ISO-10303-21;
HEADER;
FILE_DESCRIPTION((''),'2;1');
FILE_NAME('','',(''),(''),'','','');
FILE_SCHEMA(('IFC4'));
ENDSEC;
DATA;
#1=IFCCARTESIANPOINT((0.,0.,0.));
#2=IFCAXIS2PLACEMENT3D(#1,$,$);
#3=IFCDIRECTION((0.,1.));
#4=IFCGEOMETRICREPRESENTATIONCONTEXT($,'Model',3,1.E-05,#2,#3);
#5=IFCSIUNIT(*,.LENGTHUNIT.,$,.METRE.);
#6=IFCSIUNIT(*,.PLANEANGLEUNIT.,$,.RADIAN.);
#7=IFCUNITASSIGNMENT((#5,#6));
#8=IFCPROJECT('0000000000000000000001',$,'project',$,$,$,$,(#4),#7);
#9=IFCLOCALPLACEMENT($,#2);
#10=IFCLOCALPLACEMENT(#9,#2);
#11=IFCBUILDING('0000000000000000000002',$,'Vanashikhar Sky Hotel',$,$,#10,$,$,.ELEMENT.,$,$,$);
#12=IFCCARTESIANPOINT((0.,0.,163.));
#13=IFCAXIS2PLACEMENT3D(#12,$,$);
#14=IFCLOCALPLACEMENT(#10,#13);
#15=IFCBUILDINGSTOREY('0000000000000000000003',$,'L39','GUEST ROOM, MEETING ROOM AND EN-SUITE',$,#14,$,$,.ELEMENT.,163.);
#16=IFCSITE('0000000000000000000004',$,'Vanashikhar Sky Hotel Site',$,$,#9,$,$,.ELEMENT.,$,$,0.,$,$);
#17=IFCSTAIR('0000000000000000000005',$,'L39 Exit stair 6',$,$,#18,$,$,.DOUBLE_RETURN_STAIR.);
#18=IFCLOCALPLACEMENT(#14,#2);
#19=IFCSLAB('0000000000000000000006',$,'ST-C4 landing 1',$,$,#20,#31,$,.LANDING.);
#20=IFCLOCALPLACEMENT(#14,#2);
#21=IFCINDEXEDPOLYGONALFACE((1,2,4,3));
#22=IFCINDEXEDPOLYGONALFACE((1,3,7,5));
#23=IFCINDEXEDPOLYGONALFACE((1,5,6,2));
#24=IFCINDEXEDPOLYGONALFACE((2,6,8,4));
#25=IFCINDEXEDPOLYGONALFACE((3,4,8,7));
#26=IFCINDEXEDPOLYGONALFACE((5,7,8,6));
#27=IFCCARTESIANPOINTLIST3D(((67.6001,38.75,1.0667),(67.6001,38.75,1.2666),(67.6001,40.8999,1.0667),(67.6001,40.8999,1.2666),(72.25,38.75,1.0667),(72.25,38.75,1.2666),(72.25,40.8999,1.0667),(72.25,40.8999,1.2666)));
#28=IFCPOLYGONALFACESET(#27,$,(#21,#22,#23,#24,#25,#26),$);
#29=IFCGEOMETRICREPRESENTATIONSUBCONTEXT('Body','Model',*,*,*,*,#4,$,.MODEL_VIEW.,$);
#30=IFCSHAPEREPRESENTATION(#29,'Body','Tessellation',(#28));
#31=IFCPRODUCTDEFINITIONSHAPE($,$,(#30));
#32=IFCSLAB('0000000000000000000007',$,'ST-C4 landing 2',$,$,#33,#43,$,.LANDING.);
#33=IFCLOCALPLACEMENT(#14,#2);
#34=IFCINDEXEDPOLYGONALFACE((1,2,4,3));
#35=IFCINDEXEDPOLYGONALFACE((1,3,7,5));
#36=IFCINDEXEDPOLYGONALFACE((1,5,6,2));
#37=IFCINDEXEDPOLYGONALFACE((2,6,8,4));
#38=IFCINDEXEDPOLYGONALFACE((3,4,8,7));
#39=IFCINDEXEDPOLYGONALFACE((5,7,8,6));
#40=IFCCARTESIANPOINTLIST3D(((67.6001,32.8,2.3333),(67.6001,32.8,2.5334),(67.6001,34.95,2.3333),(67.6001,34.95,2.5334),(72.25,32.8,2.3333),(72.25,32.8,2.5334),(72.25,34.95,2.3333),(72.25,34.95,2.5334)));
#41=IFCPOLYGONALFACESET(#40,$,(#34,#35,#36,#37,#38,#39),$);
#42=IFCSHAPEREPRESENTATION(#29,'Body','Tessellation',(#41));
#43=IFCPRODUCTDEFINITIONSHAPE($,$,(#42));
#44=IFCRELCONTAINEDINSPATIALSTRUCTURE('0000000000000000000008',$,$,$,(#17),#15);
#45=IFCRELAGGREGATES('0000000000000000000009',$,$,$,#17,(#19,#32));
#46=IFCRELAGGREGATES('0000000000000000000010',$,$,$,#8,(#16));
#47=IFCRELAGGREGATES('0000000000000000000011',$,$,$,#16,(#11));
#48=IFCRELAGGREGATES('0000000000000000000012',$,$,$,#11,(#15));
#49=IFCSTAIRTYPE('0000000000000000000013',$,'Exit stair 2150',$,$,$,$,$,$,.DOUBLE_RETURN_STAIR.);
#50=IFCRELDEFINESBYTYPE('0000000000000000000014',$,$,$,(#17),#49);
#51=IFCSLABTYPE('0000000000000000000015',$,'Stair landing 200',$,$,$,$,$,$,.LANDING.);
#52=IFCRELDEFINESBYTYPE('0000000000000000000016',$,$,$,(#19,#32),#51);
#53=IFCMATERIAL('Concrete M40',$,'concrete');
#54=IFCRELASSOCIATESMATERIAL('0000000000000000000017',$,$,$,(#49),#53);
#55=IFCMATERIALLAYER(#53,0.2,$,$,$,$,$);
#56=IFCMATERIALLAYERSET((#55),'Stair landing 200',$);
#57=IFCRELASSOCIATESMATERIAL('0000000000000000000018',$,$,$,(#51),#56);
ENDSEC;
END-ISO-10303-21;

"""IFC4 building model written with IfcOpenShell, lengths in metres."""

from ifc_helpers import new_model, si_unit, direction, frame, origin, place, context, subcontext, project, spatial, polyline, outline, extrude, source, transform, mapped, material, layer, layer_set, type_object, element, aggregate, save


model = new_model("IFC4")

# Units and contexts
model_context = context("Model", 3, precision=1e-05, world=origin(), true_north=direction((0.0, 1.0)))
body_context = subcontext(model_context, "Body", "Model", "MODEL_VIEW")
ifc_project = project(units=[si_unit("LENGTHUNIT", "METRE"), si_unit("PLANEANGLEUNIT", "RADIAN")], contexts=[model_context])

# Site, building, storey
site_placement = place(None, origin())
site = spatial("IfcSite", under=ifc_project, at=site_placement, Name="Vanashikhar Sky Hotel Site", CompositionType="ELEMENT", RefElevation=0.0)
building_placement = place(site_placement, origin())
building = spatial("IfcBuilding", under=site, at=building_placement, Name="Vanashikhar Sky Hotel", CompositionType="ELEMENT")
storey_placement = place(building_placement, frame((0.0, 0.0, 163.0)))
storey = spatial("IfcBuildingStorey", under=building, at=storey_placement, Name="L39", Description="GUEST ROOM, MEETING ROOM AND EN-SUITE", CompositionType="ELEMENT", Elevation=163.0)

# Shared definitions
ifc_material = material(Name="Concrete M40", Category="concrete")

# Shared definitions
stair_type = type_object("IfcStairType", Name="Exit stair 2150", PredefinedType="DOUBLE_RETURN_STAIR", material=ifc_material)
ifc_layer_1 = layer(ifc_material, 0.2)
ifc_layer_set_1 = layer_set([ifc_layer_1], Name="Stair landing 200")
slab_type_1 = type_object("IfcSlabType", Name="Stair landing 200", PredefinedType="LANDING", material=ifc_layer_set_1)

# Stair, slabs
stair_1_placement = place(storey_placement, origin())
stair_1 = element("IfcStair", 1, at=stair_1_placement, inside=storey, type_object=stair_type, Name="L39 Exit stair 6", PredefinedType="DOUBLE_RETURN_STAIR")
shared_shape_1 = source(origin(), body_context, "Body", "SweptSolid", [
    extrude(outline(polyline([(72.25, 38.75), (72.25, 40.8999), (67.6001, 40.8999), (67.6001, 38.75), (72.25, 38.75)])), origin(), (0.0, 0.0, 1.0), 0.2),
])
slab_1_placement = place(storey_placement, frame((0.0, 0.0, 1.0667)))
slab_1 = element("IfcSlab", 2, at=slab_1_placement, type_object=slab_type_1, Name="ST-C4 landing 1", PredefinedType="LANDING", context=body_context, shape_type="MappedRepresentation", body=[
    mapped(shared_shape_1, transform((0.0, 0.0, 0.0), scale=1.0)),
])
shared_shape_2 = source(origin(), body_context, "Body", "SweptSolid", [
    extrude(outline(polyline([(72.25, 32.8), (72.25, 34.95), (67.6001, 34.95), (67.6001, 32.8), (72.25, 32.8)])), origin(), (0.0, 0.0, 1.0), 0.2002),
])
slab_2_placement = place(storey_placement, frame((0.0, 0.0, 2.3333)))
slab_2 = element("IfcSlab", 3, at=slab_2_placement, type_object=slab_type_1, Name="ST-C4 landing 2", PredefinedType="LANDING", context=body_context, shape_type="MappedRepresentation", body=[
    mapped(shared_shape_2, transform((0.0, 0.0, 0.0), scale=1.0)),
])
aggregate(stair_1, [slab_1, slab_2])

save(model, "model.ifc")
